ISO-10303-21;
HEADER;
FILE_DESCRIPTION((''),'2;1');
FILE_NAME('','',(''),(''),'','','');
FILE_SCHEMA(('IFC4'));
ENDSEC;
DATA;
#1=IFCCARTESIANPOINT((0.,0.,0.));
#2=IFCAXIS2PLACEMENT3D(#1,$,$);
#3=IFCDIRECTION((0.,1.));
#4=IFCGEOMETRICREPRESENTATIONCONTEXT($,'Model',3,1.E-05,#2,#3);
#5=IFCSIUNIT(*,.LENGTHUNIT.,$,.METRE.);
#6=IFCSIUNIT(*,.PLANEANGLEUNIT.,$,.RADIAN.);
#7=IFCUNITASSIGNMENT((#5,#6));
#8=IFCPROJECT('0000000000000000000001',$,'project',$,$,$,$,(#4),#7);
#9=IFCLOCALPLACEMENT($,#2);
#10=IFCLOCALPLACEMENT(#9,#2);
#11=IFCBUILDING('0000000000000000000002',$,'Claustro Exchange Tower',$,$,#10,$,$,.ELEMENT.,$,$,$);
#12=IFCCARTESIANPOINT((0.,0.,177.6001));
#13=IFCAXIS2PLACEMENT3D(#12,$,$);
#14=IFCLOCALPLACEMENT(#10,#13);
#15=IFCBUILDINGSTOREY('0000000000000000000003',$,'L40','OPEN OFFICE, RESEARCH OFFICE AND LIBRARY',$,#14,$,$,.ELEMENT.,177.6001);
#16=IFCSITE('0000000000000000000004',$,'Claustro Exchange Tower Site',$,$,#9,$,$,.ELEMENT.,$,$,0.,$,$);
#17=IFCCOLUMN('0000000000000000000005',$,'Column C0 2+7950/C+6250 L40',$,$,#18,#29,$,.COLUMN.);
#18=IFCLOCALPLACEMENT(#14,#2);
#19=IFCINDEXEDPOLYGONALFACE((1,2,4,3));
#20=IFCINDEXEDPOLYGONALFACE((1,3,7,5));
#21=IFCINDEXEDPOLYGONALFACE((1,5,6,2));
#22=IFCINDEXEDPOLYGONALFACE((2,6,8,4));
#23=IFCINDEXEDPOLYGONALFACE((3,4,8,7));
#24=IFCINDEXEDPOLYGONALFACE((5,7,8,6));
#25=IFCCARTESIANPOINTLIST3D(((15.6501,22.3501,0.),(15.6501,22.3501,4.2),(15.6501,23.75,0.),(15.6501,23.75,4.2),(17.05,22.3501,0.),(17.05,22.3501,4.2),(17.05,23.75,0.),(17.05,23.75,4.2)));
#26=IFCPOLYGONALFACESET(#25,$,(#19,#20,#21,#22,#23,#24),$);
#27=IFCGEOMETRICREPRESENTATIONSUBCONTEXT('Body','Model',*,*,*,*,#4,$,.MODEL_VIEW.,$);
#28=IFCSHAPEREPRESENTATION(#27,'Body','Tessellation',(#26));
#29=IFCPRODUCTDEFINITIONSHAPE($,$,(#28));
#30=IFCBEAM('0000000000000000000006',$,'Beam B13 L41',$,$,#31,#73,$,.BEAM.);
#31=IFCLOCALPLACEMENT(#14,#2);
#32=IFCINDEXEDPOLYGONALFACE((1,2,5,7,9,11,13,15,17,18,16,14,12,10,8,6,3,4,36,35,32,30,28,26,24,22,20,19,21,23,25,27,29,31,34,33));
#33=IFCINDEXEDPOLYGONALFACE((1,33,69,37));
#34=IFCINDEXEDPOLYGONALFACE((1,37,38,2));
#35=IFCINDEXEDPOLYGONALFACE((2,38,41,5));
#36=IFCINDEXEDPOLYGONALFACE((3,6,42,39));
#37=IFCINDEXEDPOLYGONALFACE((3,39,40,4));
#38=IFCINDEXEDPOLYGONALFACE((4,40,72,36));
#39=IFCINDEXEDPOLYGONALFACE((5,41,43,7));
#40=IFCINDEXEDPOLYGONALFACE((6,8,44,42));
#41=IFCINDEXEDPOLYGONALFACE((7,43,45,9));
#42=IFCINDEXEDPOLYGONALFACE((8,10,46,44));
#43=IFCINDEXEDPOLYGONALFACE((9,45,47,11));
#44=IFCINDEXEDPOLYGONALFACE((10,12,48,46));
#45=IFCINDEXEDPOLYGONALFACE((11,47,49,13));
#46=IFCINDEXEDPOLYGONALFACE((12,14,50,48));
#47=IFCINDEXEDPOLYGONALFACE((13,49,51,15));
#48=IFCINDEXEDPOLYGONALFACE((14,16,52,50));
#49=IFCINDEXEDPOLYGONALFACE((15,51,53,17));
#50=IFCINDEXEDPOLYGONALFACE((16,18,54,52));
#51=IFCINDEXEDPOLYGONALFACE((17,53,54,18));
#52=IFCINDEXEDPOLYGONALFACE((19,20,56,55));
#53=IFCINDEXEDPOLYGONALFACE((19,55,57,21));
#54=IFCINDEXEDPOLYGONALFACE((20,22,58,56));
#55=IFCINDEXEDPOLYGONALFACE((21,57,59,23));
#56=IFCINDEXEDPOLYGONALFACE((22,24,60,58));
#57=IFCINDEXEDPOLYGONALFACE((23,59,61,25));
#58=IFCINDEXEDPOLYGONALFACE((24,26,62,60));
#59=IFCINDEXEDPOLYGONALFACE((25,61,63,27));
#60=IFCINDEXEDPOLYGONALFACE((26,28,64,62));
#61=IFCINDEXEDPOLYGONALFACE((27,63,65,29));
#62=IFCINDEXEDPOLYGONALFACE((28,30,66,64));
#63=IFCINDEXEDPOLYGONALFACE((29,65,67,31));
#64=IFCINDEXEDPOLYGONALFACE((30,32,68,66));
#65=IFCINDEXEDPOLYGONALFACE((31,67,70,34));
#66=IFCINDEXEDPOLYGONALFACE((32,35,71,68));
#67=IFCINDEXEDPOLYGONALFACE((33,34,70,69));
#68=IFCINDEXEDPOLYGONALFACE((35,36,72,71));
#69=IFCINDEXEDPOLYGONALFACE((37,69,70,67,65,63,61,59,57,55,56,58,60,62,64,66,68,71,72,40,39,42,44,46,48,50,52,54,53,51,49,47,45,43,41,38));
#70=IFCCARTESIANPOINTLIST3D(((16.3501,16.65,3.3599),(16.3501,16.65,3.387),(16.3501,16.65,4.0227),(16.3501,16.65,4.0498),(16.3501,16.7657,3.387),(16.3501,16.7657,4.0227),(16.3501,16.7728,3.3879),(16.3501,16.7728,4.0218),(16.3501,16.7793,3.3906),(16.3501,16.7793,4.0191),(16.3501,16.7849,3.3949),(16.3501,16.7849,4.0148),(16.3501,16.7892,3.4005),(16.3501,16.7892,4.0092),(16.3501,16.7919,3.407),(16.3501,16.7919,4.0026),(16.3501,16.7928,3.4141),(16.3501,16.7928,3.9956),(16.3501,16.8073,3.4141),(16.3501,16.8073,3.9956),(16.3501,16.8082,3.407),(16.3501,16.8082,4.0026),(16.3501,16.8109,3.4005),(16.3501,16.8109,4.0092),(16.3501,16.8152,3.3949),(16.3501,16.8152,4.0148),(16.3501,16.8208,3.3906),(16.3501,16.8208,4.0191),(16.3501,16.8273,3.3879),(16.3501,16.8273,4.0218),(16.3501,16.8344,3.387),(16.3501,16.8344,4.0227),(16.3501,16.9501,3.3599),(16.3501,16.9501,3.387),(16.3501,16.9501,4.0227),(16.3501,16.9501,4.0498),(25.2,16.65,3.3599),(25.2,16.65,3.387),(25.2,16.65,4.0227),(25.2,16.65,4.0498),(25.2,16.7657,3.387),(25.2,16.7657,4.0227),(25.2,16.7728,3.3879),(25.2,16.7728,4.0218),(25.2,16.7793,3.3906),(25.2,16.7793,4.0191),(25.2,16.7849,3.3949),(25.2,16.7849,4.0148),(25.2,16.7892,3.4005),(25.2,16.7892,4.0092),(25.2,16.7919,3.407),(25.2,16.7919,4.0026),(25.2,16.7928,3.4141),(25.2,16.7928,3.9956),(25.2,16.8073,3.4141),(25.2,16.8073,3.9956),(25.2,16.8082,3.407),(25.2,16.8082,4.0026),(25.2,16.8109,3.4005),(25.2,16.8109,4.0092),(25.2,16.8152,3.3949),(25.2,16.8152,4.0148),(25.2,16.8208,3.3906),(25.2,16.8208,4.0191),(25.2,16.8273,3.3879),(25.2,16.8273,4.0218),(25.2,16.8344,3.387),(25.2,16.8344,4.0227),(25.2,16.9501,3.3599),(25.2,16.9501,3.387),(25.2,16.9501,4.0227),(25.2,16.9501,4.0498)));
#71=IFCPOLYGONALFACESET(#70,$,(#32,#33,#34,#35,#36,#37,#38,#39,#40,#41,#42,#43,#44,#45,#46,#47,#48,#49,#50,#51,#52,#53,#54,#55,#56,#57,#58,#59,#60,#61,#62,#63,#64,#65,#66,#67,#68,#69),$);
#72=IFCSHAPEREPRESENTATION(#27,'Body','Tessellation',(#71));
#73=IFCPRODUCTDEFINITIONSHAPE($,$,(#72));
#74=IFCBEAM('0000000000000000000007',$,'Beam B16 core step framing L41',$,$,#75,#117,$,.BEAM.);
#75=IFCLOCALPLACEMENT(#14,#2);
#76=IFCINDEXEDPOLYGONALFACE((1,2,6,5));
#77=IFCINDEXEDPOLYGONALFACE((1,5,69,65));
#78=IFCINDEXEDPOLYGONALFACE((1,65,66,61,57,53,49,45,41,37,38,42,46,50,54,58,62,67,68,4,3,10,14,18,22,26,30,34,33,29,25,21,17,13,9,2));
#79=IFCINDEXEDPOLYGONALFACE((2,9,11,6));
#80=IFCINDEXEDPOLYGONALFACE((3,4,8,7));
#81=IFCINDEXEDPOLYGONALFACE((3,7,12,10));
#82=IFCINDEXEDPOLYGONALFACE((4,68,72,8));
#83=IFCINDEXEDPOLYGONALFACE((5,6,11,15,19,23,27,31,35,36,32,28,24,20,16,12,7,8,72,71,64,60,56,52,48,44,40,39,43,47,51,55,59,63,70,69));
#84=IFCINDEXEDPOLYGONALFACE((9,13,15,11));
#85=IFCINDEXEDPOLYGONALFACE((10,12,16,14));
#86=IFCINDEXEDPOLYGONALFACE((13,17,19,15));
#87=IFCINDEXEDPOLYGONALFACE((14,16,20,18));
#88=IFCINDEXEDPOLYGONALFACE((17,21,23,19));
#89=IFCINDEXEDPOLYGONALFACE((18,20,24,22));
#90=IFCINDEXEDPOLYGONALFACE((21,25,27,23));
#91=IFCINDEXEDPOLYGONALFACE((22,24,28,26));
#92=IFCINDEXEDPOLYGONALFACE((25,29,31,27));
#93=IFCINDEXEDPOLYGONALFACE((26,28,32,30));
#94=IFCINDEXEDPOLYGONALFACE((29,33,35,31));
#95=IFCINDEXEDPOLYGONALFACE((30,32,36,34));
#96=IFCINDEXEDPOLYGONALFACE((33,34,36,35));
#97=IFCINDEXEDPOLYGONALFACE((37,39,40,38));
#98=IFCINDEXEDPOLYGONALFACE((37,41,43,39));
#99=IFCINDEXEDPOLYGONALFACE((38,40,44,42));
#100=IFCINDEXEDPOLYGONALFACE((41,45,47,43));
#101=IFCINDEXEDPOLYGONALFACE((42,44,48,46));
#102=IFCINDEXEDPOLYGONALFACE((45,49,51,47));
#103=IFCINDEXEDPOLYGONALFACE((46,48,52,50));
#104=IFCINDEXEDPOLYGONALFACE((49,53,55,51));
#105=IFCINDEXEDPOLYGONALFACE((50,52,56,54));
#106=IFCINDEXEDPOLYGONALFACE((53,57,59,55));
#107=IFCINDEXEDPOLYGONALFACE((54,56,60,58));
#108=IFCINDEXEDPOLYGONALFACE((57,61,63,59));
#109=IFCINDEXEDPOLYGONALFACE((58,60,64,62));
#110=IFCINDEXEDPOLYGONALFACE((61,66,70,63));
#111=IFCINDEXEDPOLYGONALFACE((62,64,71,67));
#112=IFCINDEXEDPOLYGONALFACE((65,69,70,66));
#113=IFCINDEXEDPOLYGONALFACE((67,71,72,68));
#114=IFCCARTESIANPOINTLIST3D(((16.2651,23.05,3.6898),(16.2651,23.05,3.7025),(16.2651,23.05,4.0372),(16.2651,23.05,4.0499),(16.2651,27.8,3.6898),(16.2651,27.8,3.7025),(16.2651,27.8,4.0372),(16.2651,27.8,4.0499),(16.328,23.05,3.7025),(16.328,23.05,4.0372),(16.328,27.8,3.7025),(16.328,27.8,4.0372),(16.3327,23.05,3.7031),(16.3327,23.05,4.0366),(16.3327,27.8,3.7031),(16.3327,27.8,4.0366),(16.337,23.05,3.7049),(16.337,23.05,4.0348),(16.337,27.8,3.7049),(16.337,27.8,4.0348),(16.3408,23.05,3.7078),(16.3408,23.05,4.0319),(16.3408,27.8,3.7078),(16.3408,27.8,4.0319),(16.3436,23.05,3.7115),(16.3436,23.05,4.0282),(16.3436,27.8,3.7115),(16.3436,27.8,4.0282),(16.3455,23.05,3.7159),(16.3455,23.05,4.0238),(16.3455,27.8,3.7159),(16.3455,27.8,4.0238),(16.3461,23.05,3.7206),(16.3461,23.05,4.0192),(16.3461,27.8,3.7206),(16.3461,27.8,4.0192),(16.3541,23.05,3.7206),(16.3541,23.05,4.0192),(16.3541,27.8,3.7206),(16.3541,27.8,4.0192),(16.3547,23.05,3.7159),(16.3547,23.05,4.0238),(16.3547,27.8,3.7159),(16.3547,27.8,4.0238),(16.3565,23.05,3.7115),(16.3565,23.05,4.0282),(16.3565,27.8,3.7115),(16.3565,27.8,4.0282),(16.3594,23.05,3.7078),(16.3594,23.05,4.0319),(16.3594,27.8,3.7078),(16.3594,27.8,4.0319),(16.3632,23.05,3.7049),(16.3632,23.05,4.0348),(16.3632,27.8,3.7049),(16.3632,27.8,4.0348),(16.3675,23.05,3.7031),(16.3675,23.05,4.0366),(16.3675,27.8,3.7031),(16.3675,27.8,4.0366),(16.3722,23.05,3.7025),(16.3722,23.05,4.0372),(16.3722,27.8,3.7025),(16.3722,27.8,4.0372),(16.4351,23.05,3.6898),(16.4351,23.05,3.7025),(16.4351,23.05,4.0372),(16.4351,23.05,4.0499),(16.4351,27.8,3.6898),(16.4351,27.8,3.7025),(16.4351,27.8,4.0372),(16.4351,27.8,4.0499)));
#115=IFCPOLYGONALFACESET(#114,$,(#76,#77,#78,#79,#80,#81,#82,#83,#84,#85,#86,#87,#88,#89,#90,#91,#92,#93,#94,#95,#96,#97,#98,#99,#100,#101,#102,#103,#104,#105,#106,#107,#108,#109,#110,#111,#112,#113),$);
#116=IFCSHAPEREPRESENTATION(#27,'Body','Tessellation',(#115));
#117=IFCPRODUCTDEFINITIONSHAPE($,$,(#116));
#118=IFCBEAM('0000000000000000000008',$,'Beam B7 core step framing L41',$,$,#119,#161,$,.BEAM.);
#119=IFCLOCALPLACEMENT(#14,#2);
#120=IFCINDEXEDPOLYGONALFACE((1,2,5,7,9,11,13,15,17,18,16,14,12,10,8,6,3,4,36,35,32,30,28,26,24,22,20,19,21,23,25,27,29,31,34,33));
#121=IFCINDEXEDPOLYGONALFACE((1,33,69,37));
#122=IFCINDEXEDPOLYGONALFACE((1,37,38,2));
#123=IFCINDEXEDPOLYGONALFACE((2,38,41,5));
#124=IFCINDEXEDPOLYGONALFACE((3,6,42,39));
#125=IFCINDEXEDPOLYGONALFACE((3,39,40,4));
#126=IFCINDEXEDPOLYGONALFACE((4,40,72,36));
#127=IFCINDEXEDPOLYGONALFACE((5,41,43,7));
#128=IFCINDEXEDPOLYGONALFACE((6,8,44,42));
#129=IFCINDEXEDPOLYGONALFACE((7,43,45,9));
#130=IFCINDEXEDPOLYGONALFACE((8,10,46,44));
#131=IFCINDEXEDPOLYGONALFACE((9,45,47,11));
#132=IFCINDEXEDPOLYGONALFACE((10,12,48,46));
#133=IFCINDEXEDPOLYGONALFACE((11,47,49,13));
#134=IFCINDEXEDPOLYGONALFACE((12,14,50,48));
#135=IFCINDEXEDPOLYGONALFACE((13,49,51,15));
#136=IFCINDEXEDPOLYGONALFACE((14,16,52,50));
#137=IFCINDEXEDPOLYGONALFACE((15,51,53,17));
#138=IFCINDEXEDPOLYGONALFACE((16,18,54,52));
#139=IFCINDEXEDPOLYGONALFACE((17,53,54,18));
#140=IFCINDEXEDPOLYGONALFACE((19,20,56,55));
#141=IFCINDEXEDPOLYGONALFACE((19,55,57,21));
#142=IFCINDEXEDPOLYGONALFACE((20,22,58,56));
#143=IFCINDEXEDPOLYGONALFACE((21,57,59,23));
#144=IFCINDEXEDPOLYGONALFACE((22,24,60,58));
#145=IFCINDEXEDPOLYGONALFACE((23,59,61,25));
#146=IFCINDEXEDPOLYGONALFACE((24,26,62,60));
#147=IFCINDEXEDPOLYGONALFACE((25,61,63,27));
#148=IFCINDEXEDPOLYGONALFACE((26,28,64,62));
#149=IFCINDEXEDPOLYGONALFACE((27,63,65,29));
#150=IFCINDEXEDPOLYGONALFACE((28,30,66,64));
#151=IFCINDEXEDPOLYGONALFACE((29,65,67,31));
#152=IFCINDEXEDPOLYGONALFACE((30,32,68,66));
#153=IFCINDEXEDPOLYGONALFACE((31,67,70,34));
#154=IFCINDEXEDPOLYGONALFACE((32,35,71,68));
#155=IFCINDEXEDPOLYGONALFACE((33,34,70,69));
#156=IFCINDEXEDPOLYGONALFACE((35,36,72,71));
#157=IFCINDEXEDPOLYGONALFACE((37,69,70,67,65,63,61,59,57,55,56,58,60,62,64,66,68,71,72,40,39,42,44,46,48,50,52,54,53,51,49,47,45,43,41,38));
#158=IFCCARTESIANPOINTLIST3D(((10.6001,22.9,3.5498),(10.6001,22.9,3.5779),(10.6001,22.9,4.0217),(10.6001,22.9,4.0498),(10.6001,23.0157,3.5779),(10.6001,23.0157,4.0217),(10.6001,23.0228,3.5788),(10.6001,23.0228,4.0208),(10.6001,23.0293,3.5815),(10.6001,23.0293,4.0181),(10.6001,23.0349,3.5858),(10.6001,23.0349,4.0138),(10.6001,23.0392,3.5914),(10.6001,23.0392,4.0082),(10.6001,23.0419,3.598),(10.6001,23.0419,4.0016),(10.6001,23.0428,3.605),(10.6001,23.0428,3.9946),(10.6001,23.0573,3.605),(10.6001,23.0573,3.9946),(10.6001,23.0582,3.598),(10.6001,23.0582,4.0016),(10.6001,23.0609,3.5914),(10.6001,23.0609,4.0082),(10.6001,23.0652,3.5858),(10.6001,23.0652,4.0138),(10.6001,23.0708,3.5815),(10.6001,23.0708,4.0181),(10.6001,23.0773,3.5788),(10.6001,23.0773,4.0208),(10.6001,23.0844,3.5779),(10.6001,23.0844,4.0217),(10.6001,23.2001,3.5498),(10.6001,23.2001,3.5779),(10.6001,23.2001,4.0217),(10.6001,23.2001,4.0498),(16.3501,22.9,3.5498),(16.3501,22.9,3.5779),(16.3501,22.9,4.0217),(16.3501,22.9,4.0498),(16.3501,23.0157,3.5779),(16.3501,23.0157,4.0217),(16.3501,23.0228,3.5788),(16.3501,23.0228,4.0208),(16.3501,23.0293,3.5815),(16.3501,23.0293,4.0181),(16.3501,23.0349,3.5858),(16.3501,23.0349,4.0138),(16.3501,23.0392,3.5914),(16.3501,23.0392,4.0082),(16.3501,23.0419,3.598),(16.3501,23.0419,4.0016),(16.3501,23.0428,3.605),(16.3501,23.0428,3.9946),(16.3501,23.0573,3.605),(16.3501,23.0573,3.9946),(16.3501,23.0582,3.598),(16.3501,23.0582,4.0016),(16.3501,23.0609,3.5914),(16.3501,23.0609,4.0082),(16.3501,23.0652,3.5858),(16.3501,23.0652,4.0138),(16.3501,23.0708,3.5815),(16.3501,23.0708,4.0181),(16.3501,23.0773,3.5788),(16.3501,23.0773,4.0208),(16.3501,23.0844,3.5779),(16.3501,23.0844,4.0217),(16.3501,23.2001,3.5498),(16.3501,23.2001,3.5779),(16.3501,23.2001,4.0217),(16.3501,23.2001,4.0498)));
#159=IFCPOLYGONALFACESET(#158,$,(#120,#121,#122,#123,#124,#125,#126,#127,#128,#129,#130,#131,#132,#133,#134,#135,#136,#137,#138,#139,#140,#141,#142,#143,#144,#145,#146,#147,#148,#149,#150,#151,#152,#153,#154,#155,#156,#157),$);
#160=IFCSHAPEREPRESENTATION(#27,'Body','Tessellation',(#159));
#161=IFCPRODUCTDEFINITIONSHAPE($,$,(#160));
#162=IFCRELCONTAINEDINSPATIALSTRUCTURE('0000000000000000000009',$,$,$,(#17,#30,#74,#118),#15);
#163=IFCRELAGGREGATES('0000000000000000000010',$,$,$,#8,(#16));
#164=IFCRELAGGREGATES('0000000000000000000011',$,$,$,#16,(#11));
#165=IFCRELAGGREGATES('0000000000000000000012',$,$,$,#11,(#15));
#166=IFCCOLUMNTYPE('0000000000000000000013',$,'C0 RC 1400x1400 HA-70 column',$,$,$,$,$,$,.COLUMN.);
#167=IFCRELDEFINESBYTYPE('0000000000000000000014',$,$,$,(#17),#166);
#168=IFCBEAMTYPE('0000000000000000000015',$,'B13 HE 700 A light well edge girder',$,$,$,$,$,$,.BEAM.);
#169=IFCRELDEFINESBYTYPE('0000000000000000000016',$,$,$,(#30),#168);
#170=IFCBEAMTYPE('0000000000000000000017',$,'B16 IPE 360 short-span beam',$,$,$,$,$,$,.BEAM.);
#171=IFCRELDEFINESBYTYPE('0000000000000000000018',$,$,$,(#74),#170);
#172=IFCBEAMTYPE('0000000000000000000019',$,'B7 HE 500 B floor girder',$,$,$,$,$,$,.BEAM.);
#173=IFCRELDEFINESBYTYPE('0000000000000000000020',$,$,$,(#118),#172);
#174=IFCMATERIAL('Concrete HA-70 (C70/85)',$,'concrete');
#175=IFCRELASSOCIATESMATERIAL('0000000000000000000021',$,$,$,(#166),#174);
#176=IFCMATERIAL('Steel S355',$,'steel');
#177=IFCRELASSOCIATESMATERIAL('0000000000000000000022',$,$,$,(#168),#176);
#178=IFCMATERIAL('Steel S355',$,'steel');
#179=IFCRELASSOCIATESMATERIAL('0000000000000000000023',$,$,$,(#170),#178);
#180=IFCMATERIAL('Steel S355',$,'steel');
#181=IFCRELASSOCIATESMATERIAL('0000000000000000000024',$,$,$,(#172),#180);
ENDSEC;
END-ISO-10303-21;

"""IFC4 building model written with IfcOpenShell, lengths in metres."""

from ifc_helpers import new_model, si_unit, direction, frame, origin, origin_2d, place, context, subcontext, project, spatial, rectangle, i_section, extrude, material, material_profile, profile_set, type_object, element, save


model = new_model("IFC4")

# Units and contexts
model_context = context("Model", 3, precision=1e-05, world=origin(), true_north=direction((0.0, 1.0)))
body_context = subcontext(model_context, "Body", "Model", "MODEL_VIEW")
ifc_project = project(units=[si_unit("LENGTHUNIT", "METRE"), si_unit("PLANEANGLEUNIT", "RADIAN")], contexts=[model_context])

# Site, building, storey
site_placement = place(None, origin())
site = spatial("IfcSite", under=ifc_project, at=site_placement, Name="Claustro Exchange Tower Site", CompositionType="ELEMENT", RefElevation=0.0)
building_placement = place(site_placement, origin())
building = spatial("IfcBuilding", under=site, at=building_placement, Name="Claustro Exchange Tower", CompositionType="ELEMENT")
storey_placement = place(building_placement, frame((0.0, 0.0, 177.6001)))
storey = spatial("IfcBuildingStorey", under=building, at=storey_placement, Name="L40", Description="OPEN OFFICE, RESEARCH OFFICE AND LIBRARY", CompositionType="ELEMENT", Elevation=177.6001)

# Column
ifc_material_1 = material(Name="Concrete HA-70 (C70/85)", Category="concrete")
ifc_material_profile_1 = material_profile(ifc_material_1, rectangle(XDim=1.3999, YDim=1.3999, at=origin_2d()), Name="RC 1400x1400")
ifc_profile_set_1 = profile_set([ifc_material_profile_1], Name="Concrete HA-70 (C70/85)")
column_type = type_object("IfcColumnType", Name="C0 RC 1400x1400 HA-70 column", PredefinedType="COLUMN", material=ifc_profile_set_1)
column_placement = place(storey_placement, frame((16.3501, 23.05, 0.0), z_axis=(0.0, 0.0, 1.0), x_axis=(1.0, 0.0, 0.0)))
element("IfcColumn", 1, at=column_placement, inside=storey, type_object=column_type, Name="Column C0 2+7950/C+6250 L40", PredefinedType="COLUMN", context=body_context, shape_type="SweptSolid", body=[
    extrude(rectangle(XDim=1.3999, YDim=1.3999, at=origin_2d()), origin(), (0.0, 0.0, 1.0), 4.2),
])

# Beams
ifc_material_2 = material(Name="Steel S355", Category="steel")
ifc_material_profile_2 = material_profile(ifc_material_2, i_section(OverallWidth=0.3, OverallDepth=0.6899, WebThickness=0.0144, FlangeThickness=0.0271, FilletRadius=0.0271, at=origin_2d()), Name="HE 700 A")
ifc_profile_set_2 = profile_set([ifc_material_profile_2], Name="Steel S355")
beam_type_1 = type_object("IfcBeamType", Name="B13 HE 700 A light well edge girder", PredefinedType="BEAM", material=ifc_profile_set_2)
beam_1_placement = place(storey_placement, frame((16.3501, 16.8, 3.7048), z_axis=(1.0, 0.0, 0.0), x_axis=(0.0, 1.0, 0.0)))
element("IfcBeam", 2, at=beam_1_placement, inside=storey, type_object=beam_type_1, Name="Beam B13 L41", PredefinedType="BEAM", context=body_context, shape_type="SweptSolid", body=[
    extrude(i_section(OverallWidth=0.3, OverallDepth=0.6899, WebThickness=0.0144, FlangeThickness=0.0271, FilletRadius=0.0271, at=origin_2d()), origin(), (0.0, 0.0, 1.0), 8.8499),
])
ifc_material_3 = material(Name="Steel S355", Category="steel")
ifc_material_profile_3 = material_profile(ifc_material_3, i_section(OverallWidth=0.1699, OverallDepth=0.3601, WebThickness=0.0081, FlangeThickness=0.0127, FilletRadius=0.0181, at=origin_2d()), Name="IPE 360")
ifc_profile_set_3 = profile_set([ifc_material_profile_3], Name="Steel S355")
beam_type_2 = type_object("IfcBeamType", Name="B16 IPE 360 short-span beam", PredefinedType="BEAM", material=ifc_profile_set_3)
beam_2_placement = place(storey_placement, frame((16.3501, 23.05, 3.8699), z_axis=(0.0, 1.0, 0.0), x_axis=(-1.0, 0.0, 0.0)))
element("IfcBeam", 3, at=beam_2_placement, inside=storey, type_object=beam_type_2, Name="Beam B16 core step framing L41", PredefinedType="BEAM", context=body_context, shape_type="SweptSolid", body=[
    extrude(i_section(OverallWidth=0.1699, OverallDepth=0.3601, WebThickness=0.0081, FlangeThickness=0.0127, FilletRadius=0.0181, at=origin_2d()), origin(), (0.0, 0.0, 1.0), 4.75),
])
ifc_material_4 = material(Name="Steel S355", Category="steel")
ifc_material_profile_4 = material_profile(ifc_material_4, i_section(OverallWidth=0.3, OverallDepth=0.5, WebThickness=0.0144, FlangeThickness=0.0281, FilletRadius=0.0271, at=origin_2d()), Name="HE 500 B")
ifc_profile_set_4 = profile_set([ifc_material_profile_4], Name="Steel S355")
beam_type_3 = type_object("IfcBeamType", Name="B7 HE 500 B floor girder", PredefinedType="BEAM", material=ifc_profile_set_4)
beam_3_placement = place(storey_placement, frame((10.6001, 23.05, 3.7998), z_axis=(1.0, 0.0, 0.0), x_axis=(0.0, 1.0, 0.0)))
element("IfcBeam", 4, at=beam_3_placement, inside=storey, type_object=beam_type_3, Name="Beam B7 core step framing L41", PredefinedType="BEAM", context=body_context, shape_type="SweptSolid", body=[
    extrude(i_section(OverallWidth=0.3, OverallDepth=0.5, WebThickness=0.0144, FlangeThickness=0.0281, FilletRadius=0.0271, at=origin_2d()), origin(), (0.0, 0.0, 1.0), 5.75),
])

save(model, "model.ifc")
